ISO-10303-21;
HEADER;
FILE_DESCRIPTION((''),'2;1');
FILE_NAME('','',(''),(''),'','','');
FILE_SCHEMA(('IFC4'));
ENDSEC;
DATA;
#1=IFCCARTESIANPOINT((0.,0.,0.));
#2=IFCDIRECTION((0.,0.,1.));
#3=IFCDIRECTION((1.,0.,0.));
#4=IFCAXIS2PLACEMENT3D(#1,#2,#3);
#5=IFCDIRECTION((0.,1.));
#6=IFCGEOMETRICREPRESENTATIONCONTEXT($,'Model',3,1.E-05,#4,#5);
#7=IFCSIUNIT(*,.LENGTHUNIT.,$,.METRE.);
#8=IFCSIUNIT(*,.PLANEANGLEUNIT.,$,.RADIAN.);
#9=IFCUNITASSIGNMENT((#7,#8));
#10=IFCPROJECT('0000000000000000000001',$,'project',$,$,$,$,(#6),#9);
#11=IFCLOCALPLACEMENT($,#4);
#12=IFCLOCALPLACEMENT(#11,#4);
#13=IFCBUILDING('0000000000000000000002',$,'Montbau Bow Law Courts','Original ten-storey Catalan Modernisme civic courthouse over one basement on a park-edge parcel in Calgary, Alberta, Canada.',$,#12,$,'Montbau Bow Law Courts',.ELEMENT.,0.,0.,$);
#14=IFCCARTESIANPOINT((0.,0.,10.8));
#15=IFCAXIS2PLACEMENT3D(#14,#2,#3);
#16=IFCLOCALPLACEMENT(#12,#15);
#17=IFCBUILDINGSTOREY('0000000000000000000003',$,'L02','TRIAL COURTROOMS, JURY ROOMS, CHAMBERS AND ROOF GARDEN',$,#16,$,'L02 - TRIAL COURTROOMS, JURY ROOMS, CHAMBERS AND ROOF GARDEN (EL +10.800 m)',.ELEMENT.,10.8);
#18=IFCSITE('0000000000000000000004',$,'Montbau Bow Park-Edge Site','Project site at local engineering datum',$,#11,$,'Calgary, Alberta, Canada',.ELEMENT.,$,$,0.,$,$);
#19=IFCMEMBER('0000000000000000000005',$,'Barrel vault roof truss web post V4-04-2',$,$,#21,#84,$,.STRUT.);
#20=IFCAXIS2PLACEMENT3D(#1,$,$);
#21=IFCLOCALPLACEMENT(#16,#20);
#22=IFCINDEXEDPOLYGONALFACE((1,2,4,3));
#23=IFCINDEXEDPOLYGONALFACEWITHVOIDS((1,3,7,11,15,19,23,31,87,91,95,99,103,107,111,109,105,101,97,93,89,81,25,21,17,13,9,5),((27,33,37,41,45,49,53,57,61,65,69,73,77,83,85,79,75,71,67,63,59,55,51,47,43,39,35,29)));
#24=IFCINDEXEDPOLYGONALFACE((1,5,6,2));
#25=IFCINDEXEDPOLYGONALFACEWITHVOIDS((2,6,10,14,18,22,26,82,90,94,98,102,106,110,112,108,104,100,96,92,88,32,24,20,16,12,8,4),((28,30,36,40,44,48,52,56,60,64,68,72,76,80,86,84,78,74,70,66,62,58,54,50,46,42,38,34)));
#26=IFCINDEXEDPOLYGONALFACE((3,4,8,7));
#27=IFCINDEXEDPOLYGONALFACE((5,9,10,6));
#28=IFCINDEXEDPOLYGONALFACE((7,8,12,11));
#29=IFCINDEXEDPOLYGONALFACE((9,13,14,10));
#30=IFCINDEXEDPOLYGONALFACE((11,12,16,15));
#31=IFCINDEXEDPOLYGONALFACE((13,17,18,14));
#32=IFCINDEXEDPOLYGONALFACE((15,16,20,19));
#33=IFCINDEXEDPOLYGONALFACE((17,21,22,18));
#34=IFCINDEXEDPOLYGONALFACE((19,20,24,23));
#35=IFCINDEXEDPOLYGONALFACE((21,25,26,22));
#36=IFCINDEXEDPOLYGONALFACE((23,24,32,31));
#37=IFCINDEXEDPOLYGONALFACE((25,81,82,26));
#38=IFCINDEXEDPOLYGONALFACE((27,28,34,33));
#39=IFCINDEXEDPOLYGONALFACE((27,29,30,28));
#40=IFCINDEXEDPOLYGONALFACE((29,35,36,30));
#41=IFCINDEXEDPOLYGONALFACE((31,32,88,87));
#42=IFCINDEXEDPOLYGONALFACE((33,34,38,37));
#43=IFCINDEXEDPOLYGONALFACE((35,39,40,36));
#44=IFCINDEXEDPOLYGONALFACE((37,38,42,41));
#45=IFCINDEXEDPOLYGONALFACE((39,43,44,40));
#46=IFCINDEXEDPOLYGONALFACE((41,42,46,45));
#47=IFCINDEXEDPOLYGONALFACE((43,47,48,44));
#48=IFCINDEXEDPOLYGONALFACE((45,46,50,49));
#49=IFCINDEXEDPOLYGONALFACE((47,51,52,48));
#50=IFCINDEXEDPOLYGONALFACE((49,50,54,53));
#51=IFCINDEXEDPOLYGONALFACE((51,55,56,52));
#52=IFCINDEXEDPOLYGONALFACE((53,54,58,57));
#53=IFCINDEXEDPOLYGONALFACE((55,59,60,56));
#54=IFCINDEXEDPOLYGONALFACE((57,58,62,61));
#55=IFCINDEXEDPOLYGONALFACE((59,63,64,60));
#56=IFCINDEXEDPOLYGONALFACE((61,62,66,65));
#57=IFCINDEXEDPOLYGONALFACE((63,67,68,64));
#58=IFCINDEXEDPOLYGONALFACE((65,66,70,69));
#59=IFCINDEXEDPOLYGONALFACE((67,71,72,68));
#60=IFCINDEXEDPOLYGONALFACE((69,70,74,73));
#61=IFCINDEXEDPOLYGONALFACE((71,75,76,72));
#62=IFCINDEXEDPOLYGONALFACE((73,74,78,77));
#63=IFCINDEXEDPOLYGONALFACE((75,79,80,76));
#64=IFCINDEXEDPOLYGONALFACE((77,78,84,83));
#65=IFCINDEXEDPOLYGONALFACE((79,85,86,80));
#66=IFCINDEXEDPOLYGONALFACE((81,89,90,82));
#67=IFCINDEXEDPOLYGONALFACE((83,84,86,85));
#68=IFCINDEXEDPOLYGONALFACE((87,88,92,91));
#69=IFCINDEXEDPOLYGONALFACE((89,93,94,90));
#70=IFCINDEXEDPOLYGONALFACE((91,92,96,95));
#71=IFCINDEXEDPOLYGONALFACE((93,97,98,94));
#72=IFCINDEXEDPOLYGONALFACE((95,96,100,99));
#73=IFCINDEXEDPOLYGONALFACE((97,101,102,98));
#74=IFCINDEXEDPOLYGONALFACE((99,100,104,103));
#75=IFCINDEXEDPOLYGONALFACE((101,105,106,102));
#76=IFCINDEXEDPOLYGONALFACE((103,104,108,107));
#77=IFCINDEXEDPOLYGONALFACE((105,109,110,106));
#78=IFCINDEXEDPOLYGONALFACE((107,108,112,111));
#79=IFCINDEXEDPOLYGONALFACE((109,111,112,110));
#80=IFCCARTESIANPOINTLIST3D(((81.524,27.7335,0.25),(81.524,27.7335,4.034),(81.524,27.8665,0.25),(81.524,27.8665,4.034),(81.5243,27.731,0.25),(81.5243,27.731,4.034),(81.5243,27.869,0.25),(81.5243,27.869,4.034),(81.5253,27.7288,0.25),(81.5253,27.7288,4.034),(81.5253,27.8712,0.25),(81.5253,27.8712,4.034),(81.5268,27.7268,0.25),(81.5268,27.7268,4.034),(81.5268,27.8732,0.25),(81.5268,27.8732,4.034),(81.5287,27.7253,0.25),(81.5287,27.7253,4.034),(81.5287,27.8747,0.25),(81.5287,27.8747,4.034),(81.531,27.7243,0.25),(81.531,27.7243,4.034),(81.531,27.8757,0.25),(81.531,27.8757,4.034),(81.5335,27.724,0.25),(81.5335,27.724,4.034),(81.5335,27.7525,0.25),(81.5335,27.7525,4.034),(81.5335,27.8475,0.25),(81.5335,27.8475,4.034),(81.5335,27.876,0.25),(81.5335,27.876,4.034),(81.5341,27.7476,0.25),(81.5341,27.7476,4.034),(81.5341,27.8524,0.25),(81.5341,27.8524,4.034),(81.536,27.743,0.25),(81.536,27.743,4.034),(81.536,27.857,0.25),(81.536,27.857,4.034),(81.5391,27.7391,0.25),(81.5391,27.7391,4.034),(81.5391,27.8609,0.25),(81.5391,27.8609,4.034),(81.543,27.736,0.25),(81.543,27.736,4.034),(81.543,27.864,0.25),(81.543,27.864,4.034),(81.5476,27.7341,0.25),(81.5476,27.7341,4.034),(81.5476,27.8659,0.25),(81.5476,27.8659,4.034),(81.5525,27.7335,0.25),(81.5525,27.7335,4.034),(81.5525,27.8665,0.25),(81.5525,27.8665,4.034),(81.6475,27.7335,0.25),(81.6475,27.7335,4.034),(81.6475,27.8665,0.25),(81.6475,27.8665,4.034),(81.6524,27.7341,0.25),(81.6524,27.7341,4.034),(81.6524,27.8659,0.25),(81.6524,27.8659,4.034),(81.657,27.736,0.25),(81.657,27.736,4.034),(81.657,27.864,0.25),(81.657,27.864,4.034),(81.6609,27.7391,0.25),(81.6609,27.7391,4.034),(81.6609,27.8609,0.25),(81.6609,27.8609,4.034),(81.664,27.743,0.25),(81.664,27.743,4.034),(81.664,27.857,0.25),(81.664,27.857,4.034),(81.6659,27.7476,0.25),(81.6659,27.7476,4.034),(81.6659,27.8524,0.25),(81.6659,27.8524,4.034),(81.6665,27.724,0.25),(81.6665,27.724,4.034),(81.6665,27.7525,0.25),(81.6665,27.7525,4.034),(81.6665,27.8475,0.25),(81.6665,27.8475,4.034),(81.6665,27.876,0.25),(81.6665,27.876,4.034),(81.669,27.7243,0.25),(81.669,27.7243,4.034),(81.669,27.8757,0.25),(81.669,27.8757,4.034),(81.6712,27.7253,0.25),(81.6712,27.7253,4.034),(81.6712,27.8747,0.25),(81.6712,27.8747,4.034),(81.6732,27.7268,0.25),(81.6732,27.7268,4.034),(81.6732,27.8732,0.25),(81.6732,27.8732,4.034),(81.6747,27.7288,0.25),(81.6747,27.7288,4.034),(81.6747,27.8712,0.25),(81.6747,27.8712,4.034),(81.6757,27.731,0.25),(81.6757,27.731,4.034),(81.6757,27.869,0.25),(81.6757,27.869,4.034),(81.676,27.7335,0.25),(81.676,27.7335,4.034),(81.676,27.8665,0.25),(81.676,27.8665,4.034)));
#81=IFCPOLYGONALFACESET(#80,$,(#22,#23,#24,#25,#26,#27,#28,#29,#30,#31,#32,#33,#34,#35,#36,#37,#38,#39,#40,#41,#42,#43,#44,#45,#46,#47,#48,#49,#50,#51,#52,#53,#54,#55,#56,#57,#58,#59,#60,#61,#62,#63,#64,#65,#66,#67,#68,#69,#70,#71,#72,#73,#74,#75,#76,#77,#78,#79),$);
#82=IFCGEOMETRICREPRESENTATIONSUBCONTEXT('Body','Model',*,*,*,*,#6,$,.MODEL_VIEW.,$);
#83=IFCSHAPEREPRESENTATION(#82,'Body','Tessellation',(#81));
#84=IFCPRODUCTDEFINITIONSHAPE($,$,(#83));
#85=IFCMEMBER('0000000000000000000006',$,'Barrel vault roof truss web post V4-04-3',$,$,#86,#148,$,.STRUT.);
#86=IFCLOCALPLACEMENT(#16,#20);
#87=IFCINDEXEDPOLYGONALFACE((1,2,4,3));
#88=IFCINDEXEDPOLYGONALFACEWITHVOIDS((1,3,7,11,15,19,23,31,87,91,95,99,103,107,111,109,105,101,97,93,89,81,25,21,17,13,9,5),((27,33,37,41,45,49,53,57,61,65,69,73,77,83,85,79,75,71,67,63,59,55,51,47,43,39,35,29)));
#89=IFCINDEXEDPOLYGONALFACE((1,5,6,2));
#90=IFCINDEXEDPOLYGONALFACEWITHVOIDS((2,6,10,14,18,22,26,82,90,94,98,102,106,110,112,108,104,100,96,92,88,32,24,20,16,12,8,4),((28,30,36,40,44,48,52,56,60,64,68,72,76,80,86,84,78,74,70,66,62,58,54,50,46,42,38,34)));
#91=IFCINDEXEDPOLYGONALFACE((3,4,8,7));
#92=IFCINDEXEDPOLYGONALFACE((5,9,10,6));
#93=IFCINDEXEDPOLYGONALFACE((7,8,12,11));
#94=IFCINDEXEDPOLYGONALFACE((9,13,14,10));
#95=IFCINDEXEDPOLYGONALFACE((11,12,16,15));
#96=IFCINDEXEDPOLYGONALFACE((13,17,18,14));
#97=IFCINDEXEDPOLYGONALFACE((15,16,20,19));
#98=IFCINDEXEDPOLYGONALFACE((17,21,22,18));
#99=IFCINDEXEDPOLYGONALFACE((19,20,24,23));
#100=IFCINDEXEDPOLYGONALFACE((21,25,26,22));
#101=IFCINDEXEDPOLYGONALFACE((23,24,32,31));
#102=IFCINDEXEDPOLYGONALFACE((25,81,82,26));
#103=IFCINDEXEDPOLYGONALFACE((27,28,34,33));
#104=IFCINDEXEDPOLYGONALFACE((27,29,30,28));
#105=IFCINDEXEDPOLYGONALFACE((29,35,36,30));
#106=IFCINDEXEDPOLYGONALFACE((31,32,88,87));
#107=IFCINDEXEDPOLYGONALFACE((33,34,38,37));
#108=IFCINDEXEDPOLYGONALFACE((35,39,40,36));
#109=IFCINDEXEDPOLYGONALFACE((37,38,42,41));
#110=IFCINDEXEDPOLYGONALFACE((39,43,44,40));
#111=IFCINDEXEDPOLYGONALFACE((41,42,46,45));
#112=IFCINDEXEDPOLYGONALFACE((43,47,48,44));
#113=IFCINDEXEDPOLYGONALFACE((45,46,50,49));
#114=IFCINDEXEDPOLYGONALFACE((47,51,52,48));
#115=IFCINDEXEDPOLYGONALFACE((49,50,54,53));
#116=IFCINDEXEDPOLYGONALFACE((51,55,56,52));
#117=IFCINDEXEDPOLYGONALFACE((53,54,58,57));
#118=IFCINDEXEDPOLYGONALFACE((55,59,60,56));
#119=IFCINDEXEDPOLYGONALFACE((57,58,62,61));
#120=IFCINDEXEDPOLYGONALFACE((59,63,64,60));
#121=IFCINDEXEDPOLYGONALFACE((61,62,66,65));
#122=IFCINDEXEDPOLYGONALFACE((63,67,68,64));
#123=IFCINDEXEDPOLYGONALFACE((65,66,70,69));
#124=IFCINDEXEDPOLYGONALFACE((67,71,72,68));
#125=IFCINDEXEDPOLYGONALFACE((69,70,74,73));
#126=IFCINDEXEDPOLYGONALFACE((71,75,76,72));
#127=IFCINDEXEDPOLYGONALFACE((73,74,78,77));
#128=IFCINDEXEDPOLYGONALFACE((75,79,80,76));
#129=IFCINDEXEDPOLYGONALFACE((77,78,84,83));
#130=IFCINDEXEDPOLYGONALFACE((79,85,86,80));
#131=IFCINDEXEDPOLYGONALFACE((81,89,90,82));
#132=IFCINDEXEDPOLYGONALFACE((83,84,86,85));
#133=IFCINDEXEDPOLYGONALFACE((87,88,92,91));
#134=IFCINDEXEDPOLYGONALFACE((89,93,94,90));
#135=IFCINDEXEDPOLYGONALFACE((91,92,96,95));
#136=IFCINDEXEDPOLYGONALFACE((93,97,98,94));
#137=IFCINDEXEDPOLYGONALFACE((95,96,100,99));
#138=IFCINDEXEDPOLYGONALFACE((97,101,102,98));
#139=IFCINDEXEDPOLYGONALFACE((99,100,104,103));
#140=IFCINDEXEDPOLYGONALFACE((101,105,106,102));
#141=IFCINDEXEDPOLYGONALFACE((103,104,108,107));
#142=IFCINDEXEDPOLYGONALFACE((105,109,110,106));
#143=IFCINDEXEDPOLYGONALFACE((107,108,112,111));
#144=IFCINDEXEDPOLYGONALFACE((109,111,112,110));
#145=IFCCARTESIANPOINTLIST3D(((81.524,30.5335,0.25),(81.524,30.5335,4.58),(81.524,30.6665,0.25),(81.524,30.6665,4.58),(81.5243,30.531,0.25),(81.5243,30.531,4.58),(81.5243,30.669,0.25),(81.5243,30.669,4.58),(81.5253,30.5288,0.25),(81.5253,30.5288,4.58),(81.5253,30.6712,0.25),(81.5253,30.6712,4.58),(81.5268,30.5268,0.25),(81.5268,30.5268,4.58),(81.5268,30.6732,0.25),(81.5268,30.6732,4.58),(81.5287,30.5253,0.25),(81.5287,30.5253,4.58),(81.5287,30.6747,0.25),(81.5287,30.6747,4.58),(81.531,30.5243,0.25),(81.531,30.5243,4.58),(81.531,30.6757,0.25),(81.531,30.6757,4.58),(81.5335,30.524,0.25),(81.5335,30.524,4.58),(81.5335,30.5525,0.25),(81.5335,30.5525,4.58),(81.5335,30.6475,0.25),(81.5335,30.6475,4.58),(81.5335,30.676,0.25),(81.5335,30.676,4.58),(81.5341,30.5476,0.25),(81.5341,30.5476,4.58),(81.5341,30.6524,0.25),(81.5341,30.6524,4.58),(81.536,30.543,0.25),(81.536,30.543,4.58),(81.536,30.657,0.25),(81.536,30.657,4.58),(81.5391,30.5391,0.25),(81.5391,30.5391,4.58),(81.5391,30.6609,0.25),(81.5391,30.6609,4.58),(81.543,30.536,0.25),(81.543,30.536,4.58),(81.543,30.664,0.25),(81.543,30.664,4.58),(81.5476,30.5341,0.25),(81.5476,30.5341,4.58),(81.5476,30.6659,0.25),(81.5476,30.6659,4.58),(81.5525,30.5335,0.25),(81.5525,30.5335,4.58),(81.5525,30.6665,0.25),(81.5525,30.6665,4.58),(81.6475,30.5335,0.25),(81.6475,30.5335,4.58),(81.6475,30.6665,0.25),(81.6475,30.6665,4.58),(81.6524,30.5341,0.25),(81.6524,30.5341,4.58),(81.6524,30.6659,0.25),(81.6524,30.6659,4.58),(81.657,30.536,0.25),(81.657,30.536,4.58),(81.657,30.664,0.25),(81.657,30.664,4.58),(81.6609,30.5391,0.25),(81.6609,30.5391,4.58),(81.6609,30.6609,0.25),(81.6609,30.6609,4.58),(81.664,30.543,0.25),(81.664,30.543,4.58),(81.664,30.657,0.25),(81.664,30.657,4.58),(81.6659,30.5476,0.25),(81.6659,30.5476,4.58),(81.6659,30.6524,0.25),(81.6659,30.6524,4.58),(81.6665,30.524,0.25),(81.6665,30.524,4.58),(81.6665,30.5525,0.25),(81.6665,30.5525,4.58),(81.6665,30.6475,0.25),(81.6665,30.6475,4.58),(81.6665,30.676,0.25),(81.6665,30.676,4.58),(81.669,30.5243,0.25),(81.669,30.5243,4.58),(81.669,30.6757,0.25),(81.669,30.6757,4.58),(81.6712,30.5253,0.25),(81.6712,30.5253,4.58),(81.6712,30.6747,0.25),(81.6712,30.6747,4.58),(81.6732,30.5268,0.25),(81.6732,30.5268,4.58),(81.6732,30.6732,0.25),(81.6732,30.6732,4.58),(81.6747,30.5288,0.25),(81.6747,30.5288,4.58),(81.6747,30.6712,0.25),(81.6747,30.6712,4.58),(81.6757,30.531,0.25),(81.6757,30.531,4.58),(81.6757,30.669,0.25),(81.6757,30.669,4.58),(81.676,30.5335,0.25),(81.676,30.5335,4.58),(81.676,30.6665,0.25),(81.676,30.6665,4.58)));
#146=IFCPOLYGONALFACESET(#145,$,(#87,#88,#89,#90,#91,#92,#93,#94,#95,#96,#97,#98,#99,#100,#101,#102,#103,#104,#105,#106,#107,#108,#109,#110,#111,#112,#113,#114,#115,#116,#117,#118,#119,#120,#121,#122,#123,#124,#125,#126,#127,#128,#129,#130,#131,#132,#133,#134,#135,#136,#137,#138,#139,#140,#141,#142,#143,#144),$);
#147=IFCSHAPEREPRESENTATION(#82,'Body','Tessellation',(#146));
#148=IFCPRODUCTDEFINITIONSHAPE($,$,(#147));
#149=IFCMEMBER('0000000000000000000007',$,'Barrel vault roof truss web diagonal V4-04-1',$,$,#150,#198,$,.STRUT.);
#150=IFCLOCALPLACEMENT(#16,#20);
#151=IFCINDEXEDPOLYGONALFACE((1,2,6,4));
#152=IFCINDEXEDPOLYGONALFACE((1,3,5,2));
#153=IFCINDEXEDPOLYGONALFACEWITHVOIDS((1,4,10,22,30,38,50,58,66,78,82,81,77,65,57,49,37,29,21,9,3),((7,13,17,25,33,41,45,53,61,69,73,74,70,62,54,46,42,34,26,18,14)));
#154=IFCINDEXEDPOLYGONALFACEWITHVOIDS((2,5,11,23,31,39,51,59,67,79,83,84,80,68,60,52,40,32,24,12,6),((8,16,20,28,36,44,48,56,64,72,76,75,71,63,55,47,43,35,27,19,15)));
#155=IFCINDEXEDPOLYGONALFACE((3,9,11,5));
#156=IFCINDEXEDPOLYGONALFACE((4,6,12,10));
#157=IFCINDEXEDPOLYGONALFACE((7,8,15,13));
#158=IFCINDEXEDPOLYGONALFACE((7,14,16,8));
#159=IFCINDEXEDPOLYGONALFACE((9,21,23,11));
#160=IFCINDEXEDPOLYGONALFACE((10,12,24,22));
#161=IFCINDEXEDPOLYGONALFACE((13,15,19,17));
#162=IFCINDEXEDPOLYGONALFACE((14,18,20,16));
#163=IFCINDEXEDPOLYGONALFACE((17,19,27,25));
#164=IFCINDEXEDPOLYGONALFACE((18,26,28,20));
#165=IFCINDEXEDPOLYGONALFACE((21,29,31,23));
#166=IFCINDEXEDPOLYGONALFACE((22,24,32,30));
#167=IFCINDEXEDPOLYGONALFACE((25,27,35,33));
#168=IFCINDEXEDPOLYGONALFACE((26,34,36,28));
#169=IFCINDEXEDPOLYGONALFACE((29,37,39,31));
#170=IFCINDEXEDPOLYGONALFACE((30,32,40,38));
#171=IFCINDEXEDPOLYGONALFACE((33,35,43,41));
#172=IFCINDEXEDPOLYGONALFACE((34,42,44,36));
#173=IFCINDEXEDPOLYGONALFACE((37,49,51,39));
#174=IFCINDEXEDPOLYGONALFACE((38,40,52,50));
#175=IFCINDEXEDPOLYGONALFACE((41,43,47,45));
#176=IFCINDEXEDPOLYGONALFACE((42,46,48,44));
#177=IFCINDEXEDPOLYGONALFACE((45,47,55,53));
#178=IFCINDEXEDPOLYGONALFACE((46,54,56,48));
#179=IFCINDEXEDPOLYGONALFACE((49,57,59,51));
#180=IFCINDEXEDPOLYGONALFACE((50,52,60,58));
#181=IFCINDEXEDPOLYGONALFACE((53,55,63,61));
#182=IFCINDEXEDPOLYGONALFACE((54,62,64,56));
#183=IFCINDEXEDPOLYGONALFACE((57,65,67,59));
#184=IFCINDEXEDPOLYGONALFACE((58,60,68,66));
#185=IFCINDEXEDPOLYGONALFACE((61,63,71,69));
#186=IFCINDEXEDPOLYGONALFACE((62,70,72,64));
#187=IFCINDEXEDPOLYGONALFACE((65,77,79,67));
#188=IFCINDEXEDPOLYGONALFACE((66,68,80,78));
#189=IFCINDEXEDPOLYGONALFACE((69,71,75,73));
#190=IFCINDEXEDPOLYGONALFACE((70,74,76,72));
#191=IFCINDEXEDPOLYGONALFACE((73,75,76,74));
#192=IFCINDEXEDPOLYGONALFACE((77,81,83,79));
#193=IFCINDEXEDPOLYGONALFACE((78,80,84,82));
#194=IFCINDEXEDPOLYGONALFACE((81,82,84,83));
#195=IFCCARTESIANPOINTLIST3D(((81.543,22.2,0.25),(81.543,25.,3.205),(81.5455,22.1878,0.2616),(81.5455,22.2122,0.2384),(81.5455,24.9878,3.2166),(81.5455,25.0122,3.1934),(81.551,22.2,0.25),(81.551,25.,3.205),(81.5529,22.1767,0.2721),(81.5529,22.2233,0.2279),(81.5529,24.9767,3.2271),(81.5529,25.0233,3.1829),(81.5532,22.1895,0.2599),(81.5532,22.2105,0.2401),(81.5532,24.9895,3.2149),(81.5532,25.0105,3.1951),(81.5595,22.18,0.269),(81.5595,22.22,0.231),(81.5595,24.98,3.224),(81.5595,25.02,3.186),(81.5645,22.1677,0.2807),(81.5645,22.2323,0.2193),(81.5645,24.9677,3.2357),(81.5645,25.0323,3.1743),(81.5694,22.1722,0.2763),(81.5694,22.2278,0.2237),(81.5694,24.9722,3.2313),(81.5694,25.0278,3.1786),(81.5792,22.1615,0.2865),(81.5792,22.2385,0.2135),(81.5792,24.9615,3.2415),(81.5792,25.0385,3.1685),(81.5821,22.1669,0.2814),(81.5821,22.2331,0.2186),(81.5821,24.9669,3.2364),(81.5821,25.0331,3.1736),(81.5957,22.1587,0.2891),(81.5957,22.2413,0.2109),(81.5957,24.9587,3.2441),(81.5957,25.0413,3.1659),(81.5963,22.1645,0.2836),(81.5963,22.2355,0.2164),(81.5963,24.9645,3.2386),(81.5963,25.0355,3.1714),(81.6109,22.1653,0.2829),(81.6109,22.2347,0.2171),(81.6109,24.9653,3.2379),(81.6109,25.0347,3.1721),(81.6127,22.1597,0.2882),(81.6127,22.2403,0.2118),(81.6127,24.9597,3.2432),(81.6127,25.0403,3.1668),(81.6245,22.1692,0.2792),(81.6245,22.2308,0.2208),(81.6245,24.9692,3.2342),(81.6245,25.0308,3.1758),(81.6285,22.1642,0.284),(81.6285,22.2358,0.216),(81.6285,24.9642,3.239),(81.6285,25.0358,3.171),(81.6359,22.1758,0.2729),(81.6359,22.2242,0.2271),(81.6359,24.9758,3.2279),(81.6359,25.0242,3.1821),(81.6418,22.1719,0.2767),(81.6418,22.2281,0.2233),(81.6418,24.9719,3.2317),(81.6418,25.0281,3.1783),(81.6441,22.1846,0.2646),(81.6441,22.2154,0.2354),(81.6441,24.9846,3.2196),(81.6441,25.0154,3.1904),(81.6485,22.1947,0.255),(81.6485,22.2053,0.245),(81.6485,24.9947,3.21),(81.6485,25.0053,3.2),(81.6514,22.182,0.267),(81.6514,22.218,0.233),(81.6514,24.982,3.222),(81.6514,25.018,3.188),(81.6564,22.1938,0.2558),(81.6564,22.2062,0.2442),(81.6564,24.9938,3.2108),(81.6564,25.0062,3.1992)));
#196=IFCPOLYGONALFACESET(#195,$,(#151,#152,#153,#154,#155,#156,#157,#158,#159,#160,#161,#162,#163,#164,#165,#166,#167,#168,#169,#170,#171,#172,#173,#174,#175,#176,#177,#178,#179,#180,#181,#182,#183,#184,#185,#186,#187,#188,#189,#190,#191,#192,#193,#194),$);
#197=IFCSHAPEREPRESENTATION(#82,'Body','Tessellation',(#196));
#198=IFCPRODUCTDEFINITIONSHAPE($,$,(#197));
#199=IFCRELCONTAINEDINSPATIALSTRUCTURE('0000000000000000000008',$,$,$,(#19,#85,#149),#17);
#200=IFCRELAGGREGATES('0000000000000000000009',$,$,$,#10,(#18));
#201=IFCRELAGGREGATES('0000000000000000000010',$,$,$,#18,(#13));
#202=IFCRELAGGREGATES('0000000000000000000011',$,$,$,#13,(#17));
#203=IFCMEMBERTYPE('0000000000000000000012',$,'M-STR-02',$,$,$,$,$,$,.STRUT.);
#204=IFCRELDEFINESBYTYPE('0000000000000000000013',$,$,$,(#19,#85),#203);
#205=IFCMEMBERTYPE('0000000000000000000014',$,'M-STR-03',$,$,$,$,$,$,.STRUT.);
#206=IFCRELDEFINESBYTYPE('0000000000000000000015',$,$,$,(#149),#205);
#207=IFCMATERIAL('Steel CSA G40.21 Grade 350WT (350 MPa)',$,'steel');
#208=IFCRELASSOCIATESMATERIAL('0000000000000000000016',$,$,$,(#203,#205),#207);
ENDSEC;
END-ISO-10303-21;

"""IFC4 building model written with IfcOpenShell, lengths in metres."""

from ifc_helpers import new_model, si_unit, direction, frame, origin_with_axes, origin_2d_with_axis, place, context, subcontext, project, spatial, hollow_rectangle, hollow_circle, extrude, material, material_profile, profile_set, type_object, element, save


model = new_model("IFC4")

# Units and contexts
model_context = context("Model", 3, precision=1e-05, world=origin_with_axes(), true_north=direction((0.0, 1.0)))
body_context = subcontext(model_context, "Body", "Model", "MODEL_VIEW")
ifc_project = project(units=[si_unit("LENGTHUNIT", "METRE"), si_unit("PLANEANGLEUNIT", "RADIAN")], contexts=[model_context])

# Site, building, storey
site_placement = place(None, origin_with_axes())
site = spatial("IfcSite", under=ifc_project, at=site_placement, Name="Montbau Bow Park-Edge Site", Description="Project site at local engineering datum", LongName="Calgary, Alberta, Canada", CompositionType="ELEMENT", RefElevation=0.0)
building_placement = place(site_placement, origin_with_axes())
building = spatial("IfcBuilding", under=site, at=building_placement, Name="Montbau Bow Law Courts", Description="Original ten-storey Catalan Modernisme civic courthouse over one basement on a park-edge parcel in Calgary, Alberta, Canada.", LongName="Montbau Bow Law Courts", CompositionType="ELEMENT", ElevationOfRefHeight=0.0, ElevationOfTerrain=0.0)
storey_placement = place(building_placement, frame((0.0, 0.0, 10.8), z_axis=(0.0, 0.0, 1.0), x_axis=(1.0, 0.0, 0.0)))
storey = spatial("IfcBuildingStorey", under=building, at=storey_placement, Name="L02", Description="TRIAL COURTROOMS, JURY ROOMS, CHAMBERS AND ROOF GARDEN", LongName="L02 - TRIAL COURTROOMS, JURY ROOMS, CHAMBERS AND ROOF GARDEN (EL +10.800 m)", CompositionType="ELEMENT", Elevation=10.8)

# Shared definitions
ifc_material_1 = material(Name="Steel CSA G40.21 Grade 350WT (350 MPa)", Category="steel")

# Members
ifc_material_profile_1 = material_profile(ifc_material_1, hollow_rectangle(XDim=0.152, YDim=0.152, WallThickness=0.0095, InnerFilletRadius=0.019, OuterFilletRadius=0.0095, at=origin_2d_with_axis()), Name="HSS152X152X9.5", Category="Main", Priority=0)
ifc_profile_set_1 = profile_set([ifc_material_profile_1], Name="Steel CSA G40.21 Grade 350WT (350 MPa)")
member_type_1 = type_object("IfcMemberType", Name="M-STR-02", PredefinedType="STRUT", material=ifc_profile_set_1)
member_1_placement = place(None, frame((81.6, 27.8, 11.05), z_axis=(0.0, 0.0, 1.0), x_axis=(1.0, 0.0, 0.0)))
element("IfcMember", 1, at=member_1_placement, inside=storey, type_object=member_type_1, Name="Barrel vault roof truss web post V4-04-2", PredefinedType="STRUT", context=body_context, shape_type="SweptSolid", body=[
    extrude(hollow_rectangle(XDim=0.152, YDim=0.152, WallThickness=0.0095, InnerFilletRadius=0.019, OuterFilletRadius=0.0095, at=origin_2d_with_axis()), origin_with_axes(), (0.0, 0.0, 1.0), 3.784),
])
member_2_placement = place(None, frame((81.6, 30.6, 11.05), z_axis=(0.0, 0.0, 1.0), x_axis=(1.0, 0.0, 0.0)))
element("IfcMember", 2, at=member_2_placement, inside=storey, type_object=member_type_1, Name="Barrel vault roof truss web post V4-04-3", PredefinedType="STRUT", context=body_context, shape_type="SweptSolid", body=[
    extrude(hollow_rectangle(XDim=0.152, YDim=0.152, WallThickness=0.0095, InnerFilletRadius=0.019, OuterFilletRadius=0.0095, at=origin_2d_with_axis()), origin_with_axes(), (0.0, 0.0, 1.0), 4.33),
])
ifc_material_profile_2 = material_profile(ifc_material_1, hollow_circle(Radius=0.057, WallThickness=0.008, at=origin_2d_with_axis()), Name="HSS114X8.0", Category="Main", Priority=0)
ifc_profile_set_2 = profile_set([ifc_material_profile_2], Name="Steel CSA G40.21 Grade 350WT (350 MPa)")
member_type_2 = type_object("IfcMemberType", Name="M-STR-03", PredefinedType="STRUT", material=ifc_profile_set_2)
member_3_placement = place(None, frame((81.6, 22.2, 11.05), z_axis=(0.0, 0.687813, 0.725888), x_axis=(-1.0, 0.0, 0.0)))
element("IfcMember", 3, at=member_3_placement, inside=storey, type_object=member_type_2, Name="Barrel vault roof truss web diagonal V4-04-1", PredefinedType="STRUT", context=body_context, shape_type="SweptSolid", body=[
    extrude(hollow_circle(Radius=0.057, WallThickness=0.008, at=origin_2d_with_axis()), origin_with_axes(), (0.0, 0.0, 1.0), 4.0709),
])

save(model, "model.ifc")
